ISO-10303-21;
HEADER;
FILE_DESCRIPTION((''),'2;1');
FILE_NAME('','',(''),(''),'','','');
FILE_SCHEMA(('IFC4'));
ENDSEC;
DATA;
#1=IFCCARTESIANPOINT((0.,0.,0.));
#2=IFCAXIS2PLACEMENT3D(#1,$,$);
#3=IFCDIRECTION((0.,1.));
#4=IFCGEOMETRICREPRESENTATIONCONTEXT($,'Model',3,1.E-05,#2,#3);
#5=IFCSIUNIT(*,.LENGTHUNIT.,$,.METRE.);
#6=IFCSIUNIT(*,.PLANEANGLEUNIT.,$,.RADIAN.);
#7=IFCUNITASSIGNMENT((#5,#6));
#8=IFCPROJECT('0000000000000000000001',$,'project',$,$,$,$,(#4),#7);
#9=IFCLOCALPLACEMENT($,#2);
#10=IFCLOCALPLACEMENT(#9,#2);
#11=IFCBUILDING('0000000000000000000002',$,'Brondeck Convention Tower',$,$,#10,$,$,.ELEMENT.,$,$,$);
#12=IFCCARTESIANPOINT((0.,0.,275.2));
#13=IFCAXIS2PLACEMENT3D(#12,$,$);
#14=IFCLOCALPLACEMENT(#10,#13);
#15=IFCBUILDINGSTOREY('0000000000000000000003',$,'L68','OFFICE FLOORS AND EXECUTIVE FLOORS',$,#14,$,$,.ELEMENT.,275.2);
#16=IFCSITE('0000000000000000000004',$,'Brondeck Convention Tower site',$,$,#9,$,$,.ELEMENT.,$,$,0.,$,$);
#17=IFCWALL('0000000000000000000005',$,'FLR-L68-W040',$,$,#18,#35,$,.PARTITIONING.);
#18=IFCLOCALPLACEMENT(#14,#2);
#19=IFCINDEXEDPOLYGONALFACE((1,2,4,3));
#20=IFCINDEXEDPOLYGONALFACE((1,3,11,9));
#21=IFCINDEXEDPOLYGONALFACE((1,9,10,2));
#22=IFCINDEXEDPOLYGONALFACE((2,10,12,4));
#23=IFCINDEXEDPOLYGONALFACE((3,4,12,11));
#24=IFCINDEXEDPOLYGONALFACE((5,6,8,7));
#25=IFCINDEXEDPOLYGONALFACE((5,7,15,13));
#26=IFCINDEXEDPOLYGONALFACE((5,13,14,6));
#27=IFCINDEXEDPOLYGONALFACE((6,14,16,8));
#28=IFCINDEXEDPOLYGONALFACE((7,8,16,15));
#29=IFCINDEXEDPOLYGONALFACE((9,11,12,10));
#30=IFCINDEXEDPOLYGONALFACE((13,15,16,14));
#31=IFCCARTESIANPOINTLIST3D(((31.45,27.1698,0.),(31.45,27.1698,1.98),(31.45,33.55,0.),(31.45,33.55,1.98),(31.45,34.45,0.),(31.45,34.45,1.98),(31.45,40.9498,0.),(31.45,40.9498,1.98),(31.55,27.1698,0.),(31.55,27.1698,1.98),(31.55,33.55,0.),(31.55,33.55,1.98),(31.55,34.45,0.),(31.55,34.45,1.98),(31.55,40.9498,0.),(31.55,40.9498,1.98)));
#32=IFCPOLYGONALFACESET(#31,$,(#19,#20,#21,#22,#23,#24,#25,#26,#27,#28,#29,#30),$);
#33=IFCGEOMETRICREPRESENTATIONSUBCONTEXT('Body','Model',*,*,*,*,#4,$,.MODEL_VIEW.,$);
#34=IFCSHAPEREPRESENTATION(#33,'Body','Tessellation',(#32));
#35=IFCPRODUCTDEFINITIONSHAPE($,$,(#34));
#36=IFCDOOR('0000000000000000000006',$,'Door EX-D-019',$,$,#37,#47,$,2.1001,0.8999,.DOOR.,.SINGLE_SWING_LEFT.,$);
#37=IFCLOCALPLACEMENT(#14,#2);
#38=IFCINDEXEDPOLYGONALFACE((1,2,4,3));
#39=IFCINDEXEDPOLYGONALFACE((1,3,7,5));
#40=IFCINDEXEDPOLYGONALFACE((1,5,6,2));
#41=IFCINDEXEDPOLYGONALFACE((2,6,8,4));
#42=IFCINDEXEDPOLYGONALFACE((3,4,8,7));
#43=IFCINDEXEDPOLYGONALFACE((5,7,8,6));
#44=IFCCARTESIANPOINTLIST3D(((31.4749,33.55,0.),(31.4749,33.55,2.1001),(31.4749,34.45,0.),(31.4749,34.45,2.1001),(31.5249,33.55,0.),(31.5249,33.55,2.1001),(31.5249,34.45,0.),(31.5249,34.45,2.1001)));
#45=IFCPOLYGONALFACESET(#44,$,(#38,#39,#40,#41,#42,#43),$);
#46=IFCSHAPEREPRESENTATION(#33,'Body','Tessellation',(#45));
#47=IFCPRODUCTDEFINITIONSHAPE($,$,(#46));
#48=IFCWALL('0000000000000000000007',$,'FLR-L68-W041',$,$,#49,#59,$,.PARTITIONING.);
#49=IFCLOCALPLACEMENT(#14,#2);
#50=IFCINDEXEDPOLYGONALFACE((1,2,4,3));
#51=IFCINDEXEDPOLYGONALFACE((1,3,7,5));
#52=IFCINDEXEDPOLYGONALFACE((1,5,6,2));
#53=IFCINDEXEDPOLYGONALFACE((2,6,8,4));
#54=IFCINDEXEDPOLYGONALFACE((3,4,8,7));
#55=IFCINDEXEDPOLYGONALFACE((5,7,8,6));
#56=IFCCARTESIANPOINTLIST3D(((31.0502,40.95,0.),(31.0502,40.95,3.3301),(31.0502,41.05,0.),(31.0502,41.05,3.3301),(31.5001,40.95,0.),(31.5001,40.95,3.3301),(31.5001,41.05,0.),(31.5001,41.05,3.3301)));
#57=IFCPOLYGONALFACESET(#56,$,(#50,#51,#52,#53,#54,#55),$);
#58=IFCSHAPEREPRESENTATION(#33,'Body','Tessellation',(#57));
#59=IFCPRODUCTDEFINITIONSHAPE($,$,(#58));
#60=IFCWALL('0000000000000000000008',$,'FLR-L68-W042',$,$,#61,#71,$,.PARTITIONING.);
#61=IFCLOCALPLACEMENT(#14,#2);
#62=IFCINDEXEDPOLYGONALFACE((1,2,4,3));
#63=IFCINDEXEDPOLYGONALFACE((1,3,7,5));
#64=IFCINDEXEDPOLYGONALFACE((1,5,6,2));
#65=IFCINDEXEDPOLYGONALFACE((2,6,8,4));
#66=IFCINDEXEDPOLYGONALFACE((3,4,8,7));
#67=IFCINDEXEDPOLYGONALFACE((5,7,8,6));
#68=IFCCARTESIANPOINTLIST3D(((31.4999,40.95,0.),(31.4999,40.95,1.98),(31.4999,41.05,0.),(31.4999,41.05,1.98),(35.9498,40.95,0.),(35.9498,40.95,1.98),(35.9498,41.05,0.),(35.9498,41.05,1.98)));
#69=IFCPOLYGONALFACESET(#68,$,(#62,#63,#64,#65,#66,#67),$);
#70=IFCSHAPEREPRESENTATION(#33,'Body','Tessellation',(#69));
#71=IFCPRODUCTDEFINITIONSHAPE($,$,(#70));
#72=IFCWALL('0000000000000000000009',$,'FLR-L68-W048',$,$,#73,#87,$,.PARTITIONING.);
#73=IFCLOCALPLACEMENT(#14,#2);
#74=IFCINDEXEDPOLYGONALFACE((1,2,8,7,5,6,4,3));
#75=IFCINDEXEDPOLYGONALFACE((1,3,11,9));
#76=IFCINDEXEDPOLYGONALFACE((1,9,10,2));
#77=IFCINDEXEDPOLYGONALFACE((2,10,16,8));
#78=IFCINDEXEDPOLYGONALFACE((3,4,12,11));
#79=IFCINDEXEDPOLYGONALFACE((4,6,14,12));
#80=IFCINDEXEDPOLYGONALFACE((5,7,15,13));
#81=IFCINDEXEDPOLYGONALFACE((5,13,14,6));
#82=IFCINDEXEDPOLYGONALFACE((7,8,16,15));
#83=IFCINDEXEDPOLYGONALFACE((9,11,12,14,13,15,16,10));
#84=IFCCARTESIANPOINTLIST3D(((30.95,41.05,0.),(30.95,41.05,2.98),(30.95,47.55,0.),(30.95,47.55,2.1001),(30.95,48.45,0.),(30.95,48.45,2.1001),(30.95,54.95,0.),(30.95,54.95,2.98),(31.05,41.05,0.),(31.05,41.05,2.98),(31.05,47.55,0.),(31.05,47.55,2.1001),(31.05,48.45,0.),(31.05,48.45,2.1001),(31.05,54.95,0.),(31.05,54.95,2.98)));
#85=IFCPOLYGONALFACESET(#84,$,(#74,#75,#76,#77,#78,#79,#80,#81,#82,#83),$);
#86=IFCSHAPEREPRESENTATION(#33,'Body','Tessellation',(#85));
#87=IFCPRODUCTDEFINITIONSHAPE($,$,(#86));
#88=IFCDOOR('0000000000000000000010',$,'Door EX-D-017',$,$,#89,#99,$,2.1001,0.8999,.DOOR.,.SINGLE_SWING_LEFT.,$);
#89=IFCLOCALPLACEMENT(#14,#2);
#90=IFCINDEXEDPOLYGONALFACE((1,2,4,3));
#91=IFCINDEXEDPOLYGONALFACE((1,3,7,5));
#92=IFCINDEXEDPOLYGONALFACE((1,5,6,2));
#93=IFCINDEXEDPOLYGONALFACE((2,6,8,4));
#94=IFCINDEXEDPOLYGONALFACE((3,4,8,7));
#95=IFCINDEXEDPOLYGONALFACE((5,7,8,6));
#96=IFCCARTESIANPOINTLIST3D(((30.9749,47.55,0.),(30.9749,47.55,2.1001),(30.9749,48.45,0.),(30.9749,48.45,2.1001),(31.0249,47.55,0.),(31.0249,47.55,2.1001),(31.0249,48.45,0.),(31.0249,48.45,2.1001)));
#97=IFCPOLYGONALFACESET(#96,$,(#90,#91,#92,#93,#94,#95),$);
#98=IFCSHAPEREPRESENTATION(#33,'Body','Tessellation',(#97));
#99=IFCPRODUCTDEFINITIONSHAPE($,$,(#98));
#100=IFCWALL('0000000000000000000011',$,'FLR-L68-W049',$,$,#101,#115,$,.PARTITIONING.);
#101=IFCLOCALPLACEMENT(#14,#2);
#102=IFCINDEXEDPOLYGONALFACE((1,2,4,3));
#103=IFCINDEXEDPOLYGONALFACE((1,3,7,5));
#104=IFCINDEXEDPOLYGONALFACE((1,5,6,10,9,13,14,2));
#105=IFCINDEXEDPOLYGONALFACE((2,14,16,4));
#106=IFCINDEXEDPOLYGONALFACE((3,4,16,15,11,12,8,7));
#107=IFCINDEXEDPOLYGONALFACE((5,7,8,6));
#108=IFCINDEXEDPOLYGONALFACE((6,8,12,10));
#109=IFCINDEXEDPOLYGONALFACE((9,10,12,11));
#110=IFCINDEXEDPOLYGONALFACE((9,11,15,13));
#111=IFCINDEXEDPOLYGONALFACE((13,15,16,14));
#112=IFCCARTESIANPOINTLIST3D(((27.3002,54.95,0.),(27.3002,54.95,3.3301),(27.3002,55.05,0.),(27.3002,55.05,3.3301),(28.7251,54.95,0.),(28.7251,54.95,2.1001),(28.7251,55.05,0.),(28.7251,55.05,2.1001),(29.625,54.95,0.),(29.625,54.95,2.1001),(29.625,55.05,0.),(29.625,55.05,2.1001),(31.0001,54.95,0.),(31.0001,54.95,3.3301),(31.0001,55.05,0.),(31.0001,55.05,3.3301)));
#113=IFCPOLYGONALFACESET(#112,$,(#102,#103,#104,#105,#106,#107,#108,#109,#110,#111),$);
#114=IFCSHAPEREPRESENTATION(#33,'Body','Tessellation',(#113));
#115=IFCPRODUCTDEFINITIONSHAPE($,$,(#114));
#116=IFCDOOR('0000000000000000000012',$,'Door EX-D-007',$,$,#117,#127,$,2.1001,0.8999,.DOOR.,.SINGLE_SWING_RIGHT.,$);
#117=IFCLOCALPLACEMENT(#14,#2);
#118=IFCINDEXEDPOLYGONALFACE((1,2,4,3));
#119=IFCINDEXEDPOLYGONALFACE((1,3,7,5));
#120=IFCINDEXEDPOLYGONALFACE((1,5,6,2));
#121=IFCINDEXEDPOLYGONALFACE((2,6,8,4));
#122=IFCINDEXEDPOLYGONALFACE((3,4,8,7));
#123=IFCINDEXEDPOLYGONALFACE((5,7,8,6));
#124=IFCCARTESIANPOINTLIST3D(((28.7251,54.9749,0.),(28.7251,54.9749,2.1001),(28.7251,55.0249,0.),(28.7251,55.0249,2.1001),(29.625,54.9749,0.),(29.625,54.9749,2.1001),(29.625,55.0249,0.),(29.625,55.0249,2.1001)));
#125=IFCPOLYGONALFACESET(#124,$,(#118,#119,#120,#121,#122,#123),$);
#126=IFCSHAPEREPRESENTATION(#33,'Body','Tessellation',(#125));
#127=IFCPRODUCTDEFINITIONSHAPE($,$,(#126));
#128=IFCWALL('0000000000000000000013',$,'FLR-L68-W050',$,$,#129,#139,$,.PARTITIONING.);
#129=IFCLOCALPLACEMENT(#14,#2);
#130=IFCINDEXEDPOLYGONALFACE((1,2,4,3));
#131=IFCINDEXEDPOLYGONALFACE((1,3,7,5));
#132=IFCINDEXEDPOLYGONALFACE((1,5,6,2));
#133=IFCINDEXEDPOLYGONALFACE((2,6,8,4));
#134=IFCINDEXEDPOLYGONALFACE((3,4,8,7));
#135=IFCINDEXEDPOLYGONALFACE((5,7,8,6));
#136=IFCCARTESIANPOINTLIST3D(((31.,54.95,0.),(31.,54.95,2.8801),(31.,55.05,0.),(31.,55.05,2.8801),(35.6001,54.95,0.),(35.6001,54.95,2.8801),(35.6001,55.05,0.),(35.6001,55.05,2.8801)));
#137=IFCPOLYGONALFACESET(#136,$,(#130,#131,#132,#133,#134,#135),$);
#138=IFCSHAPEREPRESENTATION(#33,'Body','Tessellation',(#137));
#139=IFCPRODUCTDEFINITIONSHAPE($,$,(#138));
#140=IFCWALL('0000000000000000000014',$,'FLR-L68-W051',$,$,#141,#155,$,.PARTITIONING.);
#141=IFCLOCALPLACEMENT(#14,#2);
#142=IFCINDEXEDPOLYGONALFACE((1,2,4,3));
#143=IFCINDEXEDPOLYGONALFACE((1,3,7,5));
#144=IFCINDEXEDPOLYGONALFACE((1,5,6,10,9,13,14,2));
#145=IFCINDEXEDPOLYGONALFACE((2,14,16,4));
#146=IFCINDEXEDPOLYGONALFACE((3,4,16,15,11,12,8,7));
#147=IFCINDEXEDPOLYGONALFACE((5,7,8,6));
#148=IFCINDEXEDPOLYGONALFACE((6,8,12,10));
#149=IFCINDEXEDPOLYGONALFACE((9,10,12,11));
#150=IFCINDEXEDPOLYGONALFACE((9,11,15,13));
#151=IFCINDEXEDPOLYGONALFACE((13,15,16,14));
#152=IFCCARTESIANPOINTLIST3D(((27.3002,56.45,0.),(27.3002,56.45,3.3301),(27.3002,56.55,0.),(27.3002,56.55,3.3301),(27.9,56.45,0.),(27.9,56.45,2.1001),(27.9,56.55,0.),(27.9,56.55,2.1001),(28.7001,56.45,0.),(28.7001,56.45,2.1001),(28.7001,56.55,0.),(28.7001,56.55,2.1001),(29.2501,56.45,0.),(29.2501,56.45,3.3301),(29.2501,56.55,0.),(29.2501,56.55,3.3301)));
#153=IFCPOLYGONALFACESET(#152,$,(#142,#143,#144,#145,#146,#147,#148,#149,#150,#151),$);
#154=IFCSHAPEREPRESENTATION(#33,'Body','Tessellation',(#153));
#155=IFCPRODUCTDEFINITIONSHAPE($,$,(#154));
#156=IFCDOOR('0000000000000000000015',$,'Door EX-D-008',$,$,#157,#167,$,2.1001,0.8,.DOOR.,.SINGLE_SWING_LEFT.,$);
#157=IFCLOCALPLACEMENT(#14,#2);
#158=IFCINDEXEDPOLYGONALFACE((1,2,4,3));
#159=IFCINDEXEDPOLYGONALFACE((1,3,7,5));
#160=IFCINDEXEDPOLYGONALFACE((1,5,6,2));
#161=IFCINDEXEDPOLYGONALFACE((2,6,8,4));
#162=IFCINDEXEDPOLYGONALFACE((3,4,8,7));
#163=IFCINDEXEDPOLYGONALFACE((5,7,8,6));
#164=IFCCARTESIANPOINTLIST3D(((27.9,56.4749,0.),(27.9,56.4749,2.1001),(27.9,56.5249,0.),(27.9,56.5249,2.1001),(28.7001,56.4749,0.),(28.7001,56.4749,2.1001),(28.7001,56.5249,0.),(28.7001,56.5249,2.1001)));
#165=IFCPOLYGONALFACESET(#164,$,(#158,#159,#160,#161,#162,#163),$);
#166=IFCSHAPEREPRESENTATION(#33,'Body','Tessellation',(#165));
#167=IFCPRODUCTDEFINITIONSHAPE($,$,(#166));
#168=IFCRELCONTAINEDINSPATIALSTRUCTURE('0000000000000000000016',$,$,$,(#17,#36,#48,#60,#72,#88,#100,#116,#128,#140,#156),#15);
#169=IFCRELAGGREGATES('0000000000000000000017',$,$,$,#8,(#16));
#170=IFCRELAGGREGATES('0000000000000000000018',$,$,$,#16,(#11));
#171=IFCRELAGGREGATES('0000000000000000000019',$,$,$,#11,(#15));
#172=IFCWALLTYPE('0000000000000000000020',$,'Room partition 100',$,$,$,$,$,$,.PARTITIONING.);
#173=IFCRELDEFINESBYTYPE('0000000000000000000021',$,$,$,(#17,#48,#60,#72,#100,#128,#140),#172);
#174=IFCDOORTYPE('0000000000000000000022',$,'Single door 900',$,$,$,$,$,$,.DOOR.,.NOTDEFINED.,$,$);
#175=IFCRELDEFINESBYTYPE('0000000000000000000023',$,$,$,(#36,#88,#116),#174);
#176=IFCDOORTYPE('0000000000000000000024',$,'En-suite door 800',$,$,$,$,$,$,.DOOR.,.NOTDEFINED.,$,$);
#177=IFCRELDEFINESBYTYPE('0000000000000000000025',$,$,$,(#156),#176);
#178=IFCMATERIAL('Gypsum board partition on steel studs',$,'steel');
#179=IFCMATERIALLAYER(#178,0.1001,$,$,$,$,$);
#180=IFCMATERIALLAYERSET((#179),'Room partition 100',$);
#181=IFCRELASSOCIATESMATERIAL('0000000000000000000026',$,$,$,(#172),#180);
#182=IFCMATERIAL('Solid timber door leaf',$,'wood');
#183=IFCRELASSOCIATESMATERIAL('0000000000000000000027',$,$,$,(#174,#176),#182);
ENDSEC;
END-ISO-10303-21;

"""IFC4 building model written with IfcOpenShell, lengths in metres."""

from ifc_helpers import new_model, si_unit, direction, frame, frame_2d, origin, place, context, subcontext, project, spatial, rectangle, extrude, material, layer, layer_set, type_object, element, fill, save


model = new_model("IFC4")

# Units and contexts
model_context = context("Model", 3, precision=1e-05, world=origin(), true_north=direction((0.0, 1.0)))
body_context = subcontext(model_context, "Body", "Model", "MODEL_VIEW")
ifc_project = project(units=[si_unit("LENGTHUNIT", "METRE"), si_unit("PLANEANGLEUNIT", "RADIAN")], contexts=[model_context])

# Site, building, storey
site_placement = place(None, origin())
site = spatial("IfcSite", under=ifc_project, at=site_placement, Name="Brondeck Convention Tower site", CompositionType="ELEMENT", RefElevation=0.0)
building_placement = place(site_placement, origin())
building = spatial("IfcBuilding", under=site, at=building_placement, Name="Brondeck Convention Tower", CompositionType="ELEMENT")
storey_placement = place(building_placement, frame((0.0, 0.0, 275.2)))
storey = spatial("IfcBuildingStorey", under=building, at=storey_placement, Name="L68", Description="OFFICE FLOORS AND EXECUTIVE FLOORS", CompositionType="ELEMENT", Elevation=275.2)

# Shared definitions
ifc_material_1 = material(Name="Gypsum board partition on steel studs", Category="steel")
ifc_layer_1 = layer(ifc_material_1, 0.1001)
ifc_layer_set_1 = layer_set([ifc_layer_1], Name="Room partition 100")
wall_type_1 = type_object("IfcWallType", Name="Room partition 100", PredefinedType="PARTITIONING", material=ifc_layer_set_1)

# Wall, opening, door
wall_1_placement = place(storey_placement, frame((31.5, 40.95, 0.0), z_axis=(0.0, 0.0, 1.0), x_axis=(0.0, -1.0, 0.0)))
wall_1 = element("IfcWall", 1, at=wall_1_placement, inside=storey, type_object=wall_type_1, Name="FLR-L68-W040", PredefinedType="PARTITIONING", context=body_context, shape_type="SweptSolid", body=[
    extrude(rectangle(XDim=13.78, YDim=0.1001, at=frame_2d((6.8901, 0.0))), origin(), (0.0, 0.0, 1.0), 1.98),
])
opening_1_placement = place(wall_1_placement, frame((6.5, 0.0, 0.0)))
opening_1 = element("IfcOpeningElement", 2, at=opening_1_placement, cuts=wall_1, PredefinedType="OPENING", context=body_context, shape_type="SweptSolid", body=[
    extrude(rectangle(XDim=0.8999, YDim=2.1001, at=frame_2d((0.45, 1.05))), frame((0.0, 0.0601, 0.0), z_axis=(0.0, -1.0, 0.0), x_axis=(1.0, 0.0, 0.0)), (0.0, 0.0, 1.0), 0.1201),
])
ifc_material_2 = material(Name="Solid timber door leaf", Category="wood")
door_type_1 = type_object("IfcDoorType", Name="Single door 900", OperationType="NOTDEFINED", PredefinedType="DOOR", material=ifc_material_2)
door_1_placement = place(opening_1_placement, origin())
door_1 = element("IfcDoor", 3, at=door_1_placement, inside=storey, type_object=door_type_1, Name="Door EX-D-019", OperationType="SINGLE_SWING_LEFT", OverallHeight=2.1001, OverallWidth=0.8999, PredefinedType="DOOR", context=body_context, shape_type="SweptSolid", body=[
    extrude(rectangle(XDim=0.8999, YDim=2.1001, at=frame_2d((0.45, 1.05))), frame((0.0, 0.0249, 0.0), z_axis=(0.0, -1.0, 0.0), x_axis=(1.0, 0.0, 0.0)), (0.0, 0.0, 1.0), 0.05),
])
fill(opening_1, door_1)

# Walls
wall_2_placement = place(storey_placement, frame((31.05, 41.0, 0.0), z_axis=(0.0, 0.0, 1.0), x_axis=(1.0, 0.0, 0.0)))
element("IfcWall", 4, at=wall_2_placement, inside=storey, type_object=wall_type_1, Name="FLR-L68-W041", PredefinedType="PARTITIONING", context=body_context, shape_type="SweptSolid", body=[
    extrude(rectangle(XDim=0.45, YDim=0.1001, at=frame_2d((0.2251, 0.0))), origin(), (0.0, 0.0, 1.0), 3.3301),
])
wall_3_placement = place(storey_placement, frame((35.95, 41.0, 0.0), z_axis=(0.0, 0.0, 1.0), x_axis=(-1.0, 0.0, 0.0)))
element("IfcWall", 5, at=wall_3_placement, inside=storey, type_object=wall_type_1, Name="FLR-L68-W042", PredefinedType="PARTITIONING", context=body_context, shape_type="SweptSolid", body=[
    extrude(rectangle(XDim=4.45, YDim=0.1001, at=frame_2d((2.2251, 0.0))), origin(), (0.0, 0.0, 1.0), 1.98),
])

# Walls, openings, doors
wall_4_placement = place(storey_placement, frame((31.0, 54.95, 0.0), z_axis=(0.0, 0.0, 1.0), x_axis=(0.0, -1.0, 0.0)))
wall_4 = element("IfcWall", 6, at=wall_4_placement, inside=storey, type_object=wall_type_1, Name="FLR-L68-W048", PredefinedType="PARTITIONING", context=body_context, shape_type="SweptSolid", body=[
    extrude(rectangle(XDim=13.8999, YDim=0.1001, at=frame_2d((6.95, 0.0))), origin(), (0.0, 0.0, 1.0), 2.98),
])
opening_2_placement = place(wall_4_placement, frame((6.5, 0.0, 0.0)))
opening_2 = element("IfcOpeningElement", 7, at=opening_2_placement, cuts=wall_4, PredefinedType="OPENING", context=body_context, shape_type="SweptSolid", body=[
    extrude(rectangle(XDim=0.8999, YDim=2.1001, at=frame_2d((0.45, 1.05))), frame((0.0, 0.0601, 0.0), z_axis=(0.0, -1.0, 0.0), x_axis=(1.0, 0.0, 0.0)), (0.0, 0.0, 1.0), 0.1201),
])
door_2_placement = place(opening_2_placement, origin())
door_2 = element("IfcDoor", 8, at=door_2_placement, inside=storey, type_object=door_type_1, Name="Door EX-D-017", OperationType="SINGLE_SWING_LEFT", OverallHeight=2.1001, OverallWidth=0.8999, PredefinedType="DOOR", context=body_context, shape_type="SweptSolid", body=[
    extrude(rectangle(XDim=0.8999, YDim=2.1001, at=frame_2d((0.45, 1.05))), frame((0.0, 0.0249, 0.0), z_axis=(0.0, -1.0, 0.0), x_axis=(1.0, 0.0, 0.0)), (0.0, 0.0, 1.0), 0.05),
])
fill(opening_2, door_2)
wall_5_placement = place(storey_placement, frame((27.3, 55.0, 0.0), z_axis=(0.0, 0.0, 1.0), x_axis=(1.0, 0.0, 0.0)))
wall_5 = element("IfcWall", 9, at=wall_5_placement, inside=storey, type_object=wall_type_1, Name="FLR-L68-W049", PredefinedType="PARTITIONING", context=body_context, shape_type="SweptSolid", body=[
    extrude(rectangle(XDim=3.7, YDim=0.1001, at=frame_2d((1.8501, 0.0))), origin(), (0.0, 0.0, 1.0), 3.3301),
])
opening_3_placement = place(wall_5_placement, frame((1.425, 0.0, 0.0)))
opening_3 = element("IfcOpeningElement", 10, at=opening_3_placement, cuts=wall_5, PredefinedType="OPENING", context=body_context, shape_type="SweptSolid", body=[
    extrude(rectangle(XDim=0.8999, YDim=2.1001, at=frame_2d((0.45, 1.05))), frame((0.0, 0.0601, 0.0), z_axis=(0.0, -1.0, 0.0), x_axis=(1.0, 0.0, 0.0)), (0.0, 0.0, 1.0), 0.1201),
])
door_3_placement = place(opening_3_placement, origin())
door_3 = element("IfcDoor", 11, at=door_3_placement, inside=storey, type_object=door_type_1, Name="Door EX-D-007", OperationType="SINGLE_SWING_RIGHT", OverallHeight=2.1001, OverallWidth=0.8999, PredefinedType="DOOR", context=body_context, shape_type="SweptSolid", body=[
    extrude(rectangle(XDim=0.8999, YDim=2.1001, at=frame_2d((0.45, 1.05))), frame((0.0, 0.0249, 0.0), z_axis=(0.0, -1.0, 0.0), x_axis=(1.0, 0.0, 0.0)), (0.0, 0.0, 1.0), 0.05),
])
fill(opening_3, door_3)

# Wall
wall_6_placement = place(storey_placement, frame((35.6001, 55.0, 0.0), z_axis=(0.0, 0.0, 1.0), x_axis=(-1.0, 0.0, 0.0)))
element("IfcWall", 12, at=wall_6_placement, inside=storey, type_object=wall_type_1, Name="FLR-L68-W050", PredefinedType="PARTITIONING", context=body_context, shape_type="SweptSolid", body=[
    extrude(rectangle(XDim=4.6001, YDim=0.1001, at=frame_2d((2.3, 0.0))), origin(), (0.0, 0.0, 1.0), 2.8801),
])

# Wall, opening, door
wall_7_placement = place(storey_placement, frame((27.3, 56.5, 0.0), z_axis=(0.0, 0.0, 1.0), x_axis=(1.0, 0.0, 0.0)))
wall_7 = element("IfcWall", 13, at=wall_7_placement, inside=storey, type_object=wall_type_1, Name="FLR-L68-W051", PredefinedType="PARTITIONING", context=body_context, shape_type="SweptSolid", body=[
    extrude(rectangle(XDim=1.95, YDim=0.1001, at=frame_2d((0.9751, 0.0))), origin(), (0.0, 0.0, 1.0), 3.3301),
])
opening_4_placement = place(wall_7_placement, frame((0.6001, 0.0, 0.0)))
opening_4 = element("IfcOpeningElement", 14, at=opening_4_placement, cuts=wall_7, PredefinedType="OPENING", context=body_context, shape_type="SweptSolid", body=[
    extrude(rectangle(XDim=0.8, YDim=2.1001, at=frame_2d((0.3999, 1.05))), frame((0.0, 0.0601, 0.0), z_axis=(0.0, -1.0, 0.0), x_axis=(1.0, 0.0, 0.0)), (0.0, 0.0, 1.0), 0.1201),
])
door_type_2 = type_object("IfcDoorType", Name="En-suite door 800", OperationType="NOTDEFINED", PredefinedType="DOOR", material=ifc_material_2)
door_4_placement = place(opening_4_placement, origin())
door_4 = element("IfcDoor", 15, at=door_4_placement, inside=storey, type_object=door_type_2, Name="Door EX-D-008", OperationType="SINGLE_SWING_LEFT", OverallHeight=2.1001, OverallWidth=0.8, PredefinedType="DOOR", context=body_context, shape_type="SweptSolid", body=[
    extrude(rectangle(XDim=0.8, YDim=2.1001, at=frame_2d((0.3999, 1.05))), frame((0.0, 0.0249, 0.0), z_axis=(0.0, -1.0, 0.0), x_axis=(1.0, 0.0, 0.0)), (0.0, 0.0, 1.0), 0.05),
])
fill(opening_4, door_4)

save(model, "model.ifc")
